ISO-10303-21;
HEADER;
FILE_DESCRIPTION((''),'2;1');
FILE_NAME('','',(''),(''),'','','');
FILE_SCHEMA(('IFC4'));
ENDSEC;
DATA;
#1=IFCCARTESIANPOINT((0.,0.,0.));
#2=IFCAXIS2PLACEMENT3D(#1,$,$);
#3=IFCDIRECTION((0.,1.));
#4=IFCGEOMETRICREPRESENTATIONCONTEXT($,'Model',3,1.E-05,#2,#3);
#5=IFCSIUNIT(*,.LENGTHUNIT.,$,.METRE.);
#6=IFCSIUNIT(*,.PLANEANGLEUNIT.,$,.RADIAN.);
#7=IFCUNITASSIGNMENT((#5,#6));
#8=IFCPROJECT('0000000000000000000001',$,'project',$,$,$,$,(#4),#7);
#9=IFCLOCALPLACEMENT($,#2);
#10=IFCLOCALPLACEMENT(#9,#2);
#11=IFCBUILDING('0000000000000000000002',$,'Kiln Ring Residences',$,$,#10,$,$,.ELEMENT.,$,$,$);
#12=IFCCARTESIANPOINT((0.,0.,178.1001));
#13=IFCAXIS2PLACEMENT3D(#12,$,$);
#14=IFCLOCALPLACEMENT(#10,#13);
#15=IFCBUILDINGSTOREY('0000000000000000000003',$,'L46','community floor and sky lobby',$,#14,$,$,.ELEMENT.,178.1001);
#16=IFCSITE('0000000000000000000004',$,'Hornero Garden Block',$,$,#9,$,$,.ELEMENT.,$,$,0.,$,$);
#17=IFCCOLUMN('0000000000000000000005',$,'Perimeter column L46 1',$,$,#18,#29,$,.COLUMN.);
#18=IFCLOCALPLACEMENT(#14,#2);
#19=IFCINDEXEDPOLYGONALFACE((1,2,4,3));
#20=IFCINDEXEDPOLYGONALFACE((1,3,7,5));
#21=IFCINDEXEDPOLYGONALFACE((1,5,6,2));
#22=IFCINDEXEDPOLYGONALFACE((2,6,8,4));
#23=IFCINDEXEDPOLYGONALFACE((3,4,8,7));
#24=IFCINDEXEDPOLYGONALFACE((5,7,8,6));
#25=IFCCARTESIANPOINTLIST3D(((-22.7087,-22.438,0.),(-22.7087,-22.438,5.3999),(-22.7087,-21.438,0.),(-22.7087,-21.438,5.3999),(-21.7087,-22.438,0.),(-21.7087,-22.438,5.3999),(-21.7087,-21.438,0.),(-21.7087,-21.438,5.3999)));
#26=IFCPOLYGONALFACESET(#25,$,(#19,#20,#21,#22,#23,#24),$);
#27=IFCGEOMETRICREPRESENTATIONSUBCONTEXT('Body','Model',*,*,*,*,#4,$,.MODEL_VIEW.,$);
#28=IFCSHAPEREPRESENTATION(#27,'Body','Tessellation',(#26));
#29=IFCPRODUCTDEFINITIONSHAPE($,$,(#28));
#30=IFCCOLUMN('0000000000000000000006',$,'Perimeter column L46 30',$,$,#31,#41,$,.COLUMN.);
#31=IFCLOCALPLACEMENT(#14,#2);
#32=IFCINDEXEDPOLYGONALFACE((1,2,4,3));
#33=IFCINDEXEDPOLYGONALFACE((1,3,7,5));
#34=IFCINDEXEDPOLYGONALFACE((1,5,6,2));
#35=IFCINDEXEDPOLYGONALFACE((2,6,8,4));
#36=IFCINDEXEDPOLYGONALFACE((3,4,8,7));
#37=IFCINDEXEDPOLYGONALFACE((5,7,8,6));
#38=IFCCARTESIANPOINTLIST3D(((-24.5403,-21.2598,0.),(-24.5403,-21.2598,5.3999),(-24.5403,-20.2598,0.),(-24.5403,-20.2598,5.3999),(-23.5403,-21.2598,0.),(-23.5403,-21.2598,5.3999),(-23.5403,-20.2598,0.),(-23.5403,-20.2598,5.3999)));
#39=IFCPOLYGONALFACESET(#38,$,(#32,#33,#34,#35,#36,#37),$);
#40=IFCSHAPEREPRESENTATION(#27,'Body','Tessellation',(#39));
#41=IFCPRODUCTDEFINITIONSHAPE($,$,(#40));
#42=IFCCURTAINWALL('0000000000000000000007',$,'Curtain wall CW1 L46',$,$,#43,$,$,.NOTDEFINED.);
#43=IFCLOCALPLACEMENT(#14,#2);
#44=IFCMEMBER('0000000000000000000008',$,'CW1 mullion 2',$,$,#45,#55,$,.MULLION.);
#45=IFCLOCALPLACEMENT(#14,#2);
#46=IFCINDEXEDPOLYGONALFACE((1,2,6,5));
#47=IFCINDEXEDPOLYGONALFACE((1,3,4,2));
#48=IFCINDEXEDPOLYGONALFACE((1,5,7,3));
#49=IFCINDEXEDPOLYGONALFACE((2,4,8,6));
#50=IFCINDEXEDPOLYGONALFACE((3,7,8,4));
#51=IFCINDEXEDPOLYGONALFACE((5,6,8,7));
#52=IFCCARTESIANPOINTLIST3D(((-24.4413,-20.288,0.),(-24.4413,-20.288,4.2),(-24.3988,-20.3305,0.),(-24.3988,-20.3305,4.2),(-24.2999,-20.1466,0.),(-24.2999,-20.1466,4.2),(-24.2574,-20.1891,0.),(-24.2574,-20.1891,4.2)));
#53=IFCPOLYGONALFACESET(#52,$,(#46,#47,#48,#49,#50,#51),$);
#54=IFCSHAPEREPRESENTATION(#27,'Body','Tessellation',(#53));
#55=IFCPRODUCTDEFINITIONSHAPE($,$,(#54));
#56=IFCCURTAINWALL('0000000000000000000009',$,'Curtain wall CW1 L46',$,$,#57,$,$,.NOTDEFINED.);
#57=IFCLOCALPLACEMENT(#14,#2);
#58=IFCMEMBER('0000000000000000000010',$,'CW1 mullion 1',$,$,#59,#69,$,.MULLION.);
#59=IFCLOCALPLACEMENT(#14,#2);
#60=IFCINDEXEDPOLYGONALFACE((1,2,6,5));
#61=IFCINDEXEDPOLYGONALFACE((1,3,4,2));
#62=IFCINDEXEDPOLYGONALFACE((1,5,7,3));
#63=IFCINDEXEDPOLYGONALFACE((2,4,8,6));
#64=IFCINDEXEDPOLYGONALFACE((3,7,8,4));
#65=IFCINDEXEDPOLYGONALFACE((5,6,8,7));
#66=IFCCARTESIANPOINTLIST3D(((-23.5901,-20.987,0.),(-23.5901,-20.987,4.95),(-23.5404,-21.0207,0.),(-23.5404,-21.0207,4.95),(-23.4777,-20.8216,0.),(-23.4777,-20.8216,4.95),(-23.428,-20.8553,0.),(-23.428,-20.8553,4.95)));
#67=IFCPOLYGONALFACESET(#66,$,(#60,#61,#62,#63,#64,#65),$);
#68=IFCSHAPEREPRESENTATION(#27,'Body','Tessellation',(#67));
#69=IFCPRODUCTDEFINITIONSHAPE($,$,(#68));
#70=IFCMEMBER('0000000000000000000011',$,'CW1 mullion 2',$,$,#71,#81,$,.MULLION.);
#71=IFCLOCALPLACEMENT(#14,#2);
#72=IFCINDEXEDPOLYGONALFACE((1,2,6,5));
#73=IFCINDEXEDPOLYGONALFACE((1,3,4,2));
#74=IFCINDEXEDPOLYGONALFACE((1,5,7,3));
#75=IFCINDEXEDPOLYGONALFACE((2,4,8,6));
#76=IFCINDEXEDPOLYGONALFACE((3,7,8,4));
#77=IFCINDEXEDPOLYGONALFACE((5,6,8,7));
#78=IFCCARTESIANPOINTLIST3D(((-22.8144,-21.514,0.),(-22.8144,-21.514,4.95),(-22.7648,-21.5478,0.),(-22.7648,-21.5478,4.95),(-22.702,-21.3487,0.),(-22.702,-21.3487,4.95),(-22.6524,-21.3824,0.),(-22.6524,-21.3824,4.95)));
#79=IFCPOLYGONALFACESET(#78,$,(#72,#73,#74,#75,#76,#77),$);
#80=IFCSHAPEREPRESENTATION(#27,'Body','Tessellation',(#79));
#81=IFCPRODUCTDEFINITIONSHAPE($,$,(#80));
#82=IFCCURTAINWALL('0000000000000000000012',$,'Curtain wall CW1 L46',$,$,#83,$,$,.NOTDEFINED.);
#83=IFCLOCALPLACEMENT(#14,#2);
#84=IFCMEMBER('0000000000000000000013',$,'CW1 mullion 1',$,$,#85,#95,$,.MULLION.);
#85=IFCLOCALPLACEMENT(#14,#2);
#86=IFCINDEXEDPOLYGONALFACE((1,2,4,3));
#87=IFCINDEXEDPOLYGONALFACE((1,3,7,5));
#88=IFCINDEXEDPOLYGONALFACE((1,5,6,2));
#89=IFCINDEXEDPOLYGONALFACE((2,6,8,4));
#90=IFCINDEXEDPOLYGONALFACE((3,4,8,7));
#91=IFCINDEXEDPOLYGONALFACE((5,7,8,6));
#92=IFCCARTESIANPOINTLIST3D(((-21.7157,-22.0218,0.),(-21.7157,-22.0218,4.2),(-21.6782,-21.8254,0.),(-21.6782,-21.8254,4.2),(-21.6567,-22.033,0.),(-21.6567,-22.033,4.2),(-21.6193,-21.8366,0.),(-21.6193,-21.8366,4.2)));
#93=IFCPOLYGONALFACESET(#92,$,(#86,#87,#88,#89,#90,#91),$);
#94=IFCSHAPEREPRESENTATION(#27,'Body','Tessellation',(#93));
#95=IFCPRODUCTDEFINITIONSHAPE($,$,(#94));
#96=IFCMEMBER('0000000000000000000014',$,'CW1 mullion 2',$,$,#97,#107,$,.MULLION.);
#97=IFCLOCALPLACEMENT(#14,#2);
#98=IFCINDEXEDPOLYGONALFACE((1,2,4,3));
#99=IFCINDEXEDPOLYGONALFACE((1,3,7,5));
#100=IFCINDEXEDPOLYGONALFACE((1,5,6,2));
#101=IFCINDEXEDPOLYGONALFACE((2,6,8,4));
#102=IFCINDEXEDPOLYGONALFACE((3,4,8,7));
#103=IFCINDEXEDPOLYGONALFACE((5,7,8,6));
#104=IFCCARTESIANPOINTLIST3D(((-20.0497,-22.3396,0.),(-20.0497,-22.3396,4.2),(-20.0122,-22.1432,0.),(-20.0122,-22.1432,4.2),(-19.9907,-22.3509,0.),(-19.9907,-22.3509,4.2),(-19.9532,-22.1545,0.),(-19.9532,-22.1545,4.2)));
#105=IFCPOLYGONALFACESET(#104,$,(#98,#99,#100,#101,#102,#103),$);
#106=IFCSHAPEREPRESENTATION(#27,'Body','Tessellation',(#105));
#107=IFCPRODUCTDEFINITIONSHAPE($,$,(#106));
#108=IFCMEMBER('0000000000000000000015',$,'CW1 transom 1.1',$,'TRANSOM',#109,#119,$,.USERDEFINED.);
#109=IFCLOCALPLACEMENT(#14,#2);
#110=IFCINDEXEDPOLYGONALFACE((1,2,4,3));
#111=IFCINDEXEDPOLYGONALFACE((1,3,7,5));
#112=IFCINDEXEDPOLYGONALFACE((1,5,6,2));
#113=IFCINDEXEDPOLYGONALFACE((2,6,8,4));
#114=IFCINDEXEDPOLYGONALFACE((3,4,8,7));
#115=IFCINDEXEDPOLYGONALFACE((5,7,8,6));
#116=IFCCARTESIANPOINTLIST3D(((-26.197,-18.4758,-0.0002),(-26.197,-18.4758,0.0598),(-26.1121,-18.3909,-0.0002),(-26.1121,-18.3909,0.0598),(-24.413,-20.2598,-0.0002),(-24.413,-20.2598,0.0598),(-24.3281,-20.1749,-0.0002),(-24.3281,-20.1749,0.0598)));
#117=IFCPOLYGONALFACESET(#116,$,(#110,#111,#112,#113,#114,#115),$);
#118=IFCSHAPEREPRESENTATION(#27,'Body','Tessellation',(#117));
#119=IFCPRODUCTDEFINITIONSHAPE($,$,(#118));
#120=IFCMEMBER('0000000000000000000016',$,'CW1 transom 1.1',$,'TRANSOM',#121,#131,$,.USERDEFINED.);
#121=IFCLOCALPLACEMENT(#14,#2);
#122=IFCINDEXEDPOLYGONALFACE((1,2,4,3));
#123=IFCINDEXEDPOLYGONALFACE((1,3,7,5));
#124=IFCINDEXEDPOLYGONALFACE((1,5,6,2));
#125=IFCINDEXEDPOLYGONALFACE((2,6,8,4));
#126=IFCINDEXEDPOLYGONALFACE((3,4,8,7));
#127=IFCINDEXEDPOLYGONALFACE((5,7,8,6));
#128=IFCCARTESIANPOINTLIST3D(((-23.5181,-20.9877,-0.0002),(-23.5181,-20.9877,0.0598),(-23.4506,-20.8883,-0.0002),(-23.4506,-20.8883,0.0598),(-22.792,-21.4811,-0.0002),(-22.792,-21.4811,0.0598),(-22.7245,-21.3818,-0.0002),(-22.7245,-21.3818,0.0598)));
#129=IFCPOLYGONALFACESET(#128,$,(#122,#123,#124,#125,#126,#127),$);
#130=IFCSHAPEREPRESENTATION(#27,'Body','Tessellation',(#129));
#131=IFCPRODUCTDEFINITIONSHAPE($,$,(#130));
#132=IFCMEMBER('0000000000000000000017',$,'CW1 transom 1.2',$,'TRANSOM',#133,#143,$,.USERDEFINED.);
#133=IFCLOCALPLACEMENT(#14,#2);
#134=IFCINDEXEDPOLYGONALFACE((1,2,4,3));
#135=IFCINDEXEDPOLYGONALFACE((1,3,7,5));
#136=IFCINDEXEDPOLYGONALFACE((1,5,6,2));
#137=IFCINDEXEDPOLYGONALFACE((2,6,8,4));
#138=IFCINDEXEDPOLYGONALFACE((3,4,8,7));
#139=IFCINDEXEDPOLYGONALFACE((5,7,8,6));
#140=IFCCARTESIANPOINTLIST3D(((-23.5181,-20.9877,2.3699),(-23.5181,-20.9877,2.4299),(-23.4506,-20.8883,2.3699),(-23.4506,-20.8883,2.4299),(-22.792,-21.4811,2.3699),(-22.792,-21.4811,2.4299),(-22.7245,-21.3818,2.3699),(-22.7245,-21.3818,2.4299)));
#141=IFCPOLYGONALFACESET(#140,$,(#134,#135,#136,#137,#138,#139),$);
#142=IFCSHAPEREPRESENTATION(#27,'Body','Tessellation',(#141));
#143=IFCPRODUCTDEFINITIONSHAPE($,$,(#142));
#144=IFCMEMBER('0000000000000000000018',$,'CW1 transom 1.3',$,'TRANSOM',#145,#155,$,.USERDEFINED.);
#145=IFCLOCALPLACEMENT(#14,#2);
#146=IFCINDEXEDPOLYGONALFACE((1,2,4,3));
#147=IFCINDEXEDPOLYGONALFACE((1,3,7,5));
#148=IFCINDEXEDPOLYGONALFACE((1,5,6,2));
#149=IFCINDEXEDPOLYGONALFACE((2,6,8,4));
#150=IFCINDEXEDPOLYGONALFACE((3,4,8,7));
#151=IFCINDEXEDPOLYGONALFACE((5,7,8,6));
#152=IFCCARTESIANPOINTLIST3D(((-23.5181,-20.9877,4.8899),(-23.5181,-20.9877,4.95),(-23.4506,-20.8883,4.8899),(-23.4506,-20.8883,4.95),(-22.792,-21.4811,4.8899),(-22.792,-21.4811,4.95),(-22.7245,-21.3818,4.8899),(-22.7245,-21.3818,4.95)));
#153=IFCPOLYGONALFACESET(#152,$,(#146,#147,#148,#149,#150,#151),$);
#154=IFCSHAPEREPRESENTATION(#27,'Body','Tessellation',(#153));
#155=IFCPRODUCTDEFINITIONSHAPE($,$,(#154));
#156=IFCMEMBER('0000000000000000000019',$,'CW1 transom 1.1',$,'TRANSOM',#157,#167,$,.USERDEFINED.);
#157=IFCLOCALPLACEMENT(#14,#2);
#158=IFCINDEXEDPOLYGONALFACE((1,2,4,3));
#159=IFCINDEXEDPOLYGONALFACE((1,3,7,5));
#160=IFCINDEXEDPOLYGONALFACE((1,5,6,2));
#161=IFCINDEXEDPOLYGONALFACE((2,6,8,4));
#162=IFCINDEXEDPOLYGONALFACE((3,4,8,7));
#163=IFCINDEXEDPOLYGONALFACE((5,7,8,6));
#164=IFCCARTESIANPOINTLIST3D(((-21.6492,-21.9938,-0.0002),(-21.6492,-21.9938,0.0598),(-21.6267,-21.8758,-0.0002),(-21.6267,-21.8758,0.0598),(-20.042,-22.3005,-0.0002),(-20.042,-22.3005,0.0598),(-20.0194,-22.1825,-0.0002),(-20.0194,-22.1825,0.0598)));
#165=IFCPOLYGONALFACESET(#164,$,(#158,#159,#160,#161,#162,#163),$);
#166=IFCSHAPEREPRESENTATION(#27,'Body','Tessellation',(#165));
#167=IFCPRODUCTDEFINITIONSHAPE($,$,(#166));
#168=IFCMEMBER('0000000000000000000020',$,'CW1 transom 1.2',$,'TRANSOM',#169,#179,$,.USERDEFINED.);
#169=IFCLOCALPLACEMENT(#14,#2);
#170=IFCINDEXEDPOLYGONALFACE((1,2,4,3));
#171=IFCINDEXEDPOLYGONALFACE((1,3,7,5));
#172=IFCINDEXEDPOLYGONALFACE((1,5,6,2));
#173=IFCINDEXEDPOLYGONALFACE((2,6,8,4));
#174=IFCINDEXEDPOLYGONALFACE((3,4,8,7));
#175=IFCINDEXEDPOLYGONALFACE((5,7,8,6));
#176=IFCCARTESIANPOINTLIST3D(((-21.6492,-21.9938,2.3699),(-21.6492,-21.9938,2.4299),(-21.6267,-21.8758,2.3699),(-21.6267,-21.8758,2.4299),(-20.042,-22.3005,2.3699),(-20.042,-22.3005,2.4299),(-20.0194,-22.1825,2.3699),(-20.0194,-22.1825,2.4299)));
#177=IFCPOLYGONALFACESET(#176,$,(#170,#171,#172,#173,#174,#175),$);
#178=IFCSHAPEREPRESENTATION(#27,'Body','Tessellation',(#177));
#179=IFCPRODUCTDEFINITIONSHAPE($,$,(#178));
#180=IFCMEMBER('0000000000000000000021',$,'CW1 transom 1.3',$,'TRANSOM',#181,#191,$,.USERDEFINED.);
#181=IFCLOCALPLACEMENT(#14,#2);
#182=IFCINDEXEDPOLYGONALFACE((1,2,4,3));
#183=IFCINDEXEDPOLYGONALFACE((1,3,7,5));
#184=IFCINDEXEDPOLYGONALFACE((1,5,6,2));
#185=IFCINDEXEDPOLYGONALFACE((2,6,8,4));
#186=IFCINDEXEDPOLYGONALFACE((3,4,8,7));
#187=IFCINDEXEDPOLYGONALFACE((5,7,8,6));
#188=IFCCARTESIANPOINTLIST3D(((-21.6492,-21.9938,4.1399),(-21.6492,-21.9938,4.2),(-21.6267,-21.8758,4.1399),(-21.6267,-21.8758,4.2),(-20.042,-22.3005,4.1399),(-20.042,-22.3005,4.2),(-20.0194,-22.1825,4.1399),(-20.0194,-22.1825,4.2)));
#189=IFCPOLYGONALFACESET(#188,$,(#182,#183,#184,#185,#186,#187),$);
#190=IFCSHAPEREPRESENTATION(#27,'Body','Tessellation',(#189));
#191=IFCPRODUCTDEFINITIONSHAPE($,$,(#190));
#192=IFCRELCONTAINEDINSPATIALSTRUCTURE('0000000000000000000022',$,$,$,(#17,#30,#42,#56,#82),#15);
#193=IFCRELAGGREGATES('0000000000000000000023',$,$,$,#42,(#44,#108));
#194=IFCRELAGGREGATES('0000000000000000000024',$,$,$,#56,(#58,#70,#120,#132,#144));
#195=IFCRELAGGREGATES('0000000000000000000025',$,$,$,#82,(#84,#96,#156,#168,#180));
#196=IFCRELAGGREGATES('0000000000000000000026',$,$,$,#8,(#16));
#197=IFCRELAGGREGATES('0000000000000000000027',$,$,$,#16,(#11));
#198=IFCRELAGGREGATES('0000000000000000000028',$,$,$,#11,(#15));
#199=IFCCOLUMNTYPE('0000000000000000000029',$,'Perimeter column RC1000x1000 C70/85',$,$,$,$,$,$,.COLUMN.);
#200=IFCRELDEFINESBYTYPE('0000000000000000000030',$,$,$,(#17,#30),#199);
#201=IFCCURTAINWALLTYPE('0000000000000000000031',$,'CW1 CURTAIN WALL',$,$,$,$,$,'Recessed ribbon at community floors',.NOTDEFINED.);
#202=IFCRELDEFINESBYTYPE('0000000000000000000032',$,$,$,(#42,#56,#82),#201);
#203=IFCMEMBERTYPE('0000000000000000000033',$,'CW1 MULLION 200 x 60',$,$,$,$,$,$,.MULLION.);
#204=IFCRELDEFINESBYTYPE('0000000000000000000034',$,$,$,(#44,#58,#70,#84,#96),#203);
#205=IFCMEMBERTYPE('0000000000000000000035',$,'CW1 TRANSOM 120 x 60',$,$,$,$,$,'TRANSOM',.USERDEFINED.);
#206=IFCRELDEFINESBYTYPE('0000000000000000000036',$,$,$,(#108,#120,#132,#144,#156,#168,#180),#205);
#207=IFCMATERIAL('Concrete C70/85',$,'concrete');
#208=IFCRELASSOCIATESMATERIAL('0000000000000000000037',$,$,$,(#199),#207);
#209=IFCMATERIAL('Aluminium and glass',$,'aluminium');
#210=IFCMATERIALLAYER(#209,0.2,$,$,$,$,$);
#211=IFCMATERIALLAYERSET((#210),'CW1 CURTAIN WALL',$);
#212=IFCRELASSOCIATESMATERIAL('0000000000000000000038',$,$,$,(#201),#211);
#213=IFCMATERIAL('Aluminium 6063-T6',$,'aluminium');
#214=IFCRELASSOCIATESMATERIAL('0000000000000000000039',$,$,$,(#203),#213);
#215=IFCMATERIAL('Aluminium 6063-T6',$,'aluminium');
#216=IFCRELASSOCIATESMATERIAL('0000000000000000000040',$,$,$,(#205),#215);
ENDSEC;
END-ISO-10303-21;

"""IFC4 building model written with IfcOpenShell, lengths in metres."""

from ifc_helpers import new_model, si_unit, direction, frame, origin, origin_2d, place, context, subcontext, project, spatial, rectangle, extrude, material, layer, layer_set, material_profile, profile_set, type_object, element, aggregate, save


model = new_model("IFC4")

# Units and contexts
model_context = context("Model", 3, precision=1e-05, world=origin(), true_north=direction((0.0, 1.0)))
body_context = subcontext(model_context, "Body", "Model", "MODEL_VIEW")
ifc_project = project(units=[si_unit("LENGTHUNIT", "METRE"), si_unit("PLANEANGLEUNIT", "RADIAN")], contexts=[model_context])

# Site, building, storey
site_placement = place(None, origin())
site = spatial("IfcSite", under=ifc_project, at=site_placement, Name="Hornero Garden Block", CompositionType="ELEMENT", RefElevation=0.0)
building_placement = place(site_placement, origin())
building = spatial("IfcBuilding", under=site, at=building_placement, Name="Kiln Ring Residences", CompositionType="ELEMENT")
storey_placement = place(building_placement, frame((0.0, 0.0, 178.1001)))
storey = spatial("IfcBuildingStorey", under=building, at=storey_placement, Name="L46", Description="community floor and sky lobby", CompositionType="ELEMENT", Elevation=178.1001)

# Columns
ifc_material_1 = material(Name="Concrete C70/85", Category="concrete")
ifc_material_profile_1 = material_profile(ifc_material_1, rectangle(XDim=1.0, YDim=1.0, at=origin_2d()), Name="RC1000x1000")
ifc_profile_set_1 = profile_set([ifc_material_profile_1], Name="Concrete C70/85")
column_type = type_object("IfcColumnType", Name="Perimeter column RC1000x1000 C70/85", PredefinedType="COLUMN", material=ifc_profile_set_1)
for number, where, z_axis, x_axis, name in (
    (1, (-22.2087, -21.938, 0.0), (0.0, 0.0, 1.0), (1.0, 0.0, 0.0), "Perimeter column L46 1"),
    (2, (-24.0403, -20.7598, 0.0), (0.0, 0.0, 1.0), (1.0, 0.0, 0.0), "Perimeter column L46 30"),
):
    element("IfcColumn", number, at=place(storey_placement, frame(where, z_axis=z_axis, x_axis=x_axis)), inside=storey, type_object=column_type, Name=name, PredefinedType="COLUMN", context=body_context, shape_type="SweptSolid", body=[
        extrude(rectangle(XDim=1.0, YDim=1.0, at=origin_2d()), origin(), (0.0, 0.0, 1.0), 5.3999),
    ])

# Curtain wall, member
ifc_material_2 = material(Name="Aluminium and glass", Category="aluminium")
ifc_layer_1 = layer(ifc_material_2, 0.2)
ifc_layer_set_1 = layer_set([ifc_layer_1], Name="CW1 CURTAIN WALL")
curtain_wall_type = type_object("IfcCurtainWallType", Name="CW1 CURTAIN WALL", ElementType="Recessed ribbon at community floors", PredefinedType="NOTDEFINED", material=ifc_layer_set_1)
placement = place(storey_placement, origin())
curtain_wall_1 = element("IfcCurtainWall", 3, at=placement, inside=storey, type_object=curtain_wall_type, Name="Curtain wall CW1 L46", PredefinedType="NOTDEFINED")
ifc_material_3 = material(Name="Aluminium 6063-T6", Category="aluminium")
ifc_material_profile_2 = material_profile(ifc_material_3, rectangle(XDim=0.2, YDim=0.0601, at=origin_2d()), Name="AL 200x60")
ifc_profile_set_2 = profile_set([ifc_material_profile_2], Name="Aluminium 6063-T6")
member_type_1 = type_object("IfcMemberType", Name="CW1 MULLION 200 x 60", PredefinedType="MULLION", material=ifc_profile_set_2)
member_1_placement = place(storey_placement, frame((-24.3494, -20.2385, 0.0), z_axis=(0.0, 0.0, 1.0), x_axis=(0.707107, 0.707107, 0.0)))
member_1 = element("IfcMember", 4, at=member_1_placement, type_object=member_type_1, Name="CW1 mullion 2", PredefinedType="MULLION", context=body_context, shape_type="SweptSolid", body=[
    extrude(rectangle(XDim=0.2, YDim=0.0601, at=origin_2d()), origin(), (0.0, 0.0, 1.0), 4.2),
])

# Curtain walls, members
curtain_wall_2 = element("IfcCurtainWall", 5, at=placement, inside=storey, type_object=curtain_wall_type, Name="Curtain wall CW1 L46", PredefinedType="NOTDEFINED")
member_2_placement = place(storey_placement, frame((-23.509, -20.9211, 0.0), z_axis=(0.0, 0.0, 1.0), x_axis=(0.562097, 0.827072, 0.0)))
member_2 = element("IfcMember", 6, at=member_2_placement, type_object=member_type_1, Name="CW1 mullion 1", PredefinedType="MULLION", context=body_context, shape_type="SweptSolid", body=[
    extrude(rectangle(XDim=0.2, YDim=0.0601, at=origin_2d()), origin(), (0.0, 0.0, 1.0), 4.95),
])
member_3_placement = place(storey_placement, frame((-22.7334, -21.4482, 0.0), z_axis=(0.0, 0.0, 1.0), x_axis=(0.562097, 0.827072, 0.0)))
member_3 = element("IfcMember", 7, at=member_3_placement, type_object=member_type_1, Name="CW1 mullion 2", PredefinedType="MULLION", context=body_context, shape_type="SweptSolid", body=[
    extrude(rectangle(XDim=0.2, YDim=0.0601, at=origin_2d()), origin(), (0.0, 0.0, 1.0), 4.95),
])
curtain_wall_3 = element("IfcCurtainWall", 8, at=placement, inside=storey, type_object=curtain_wall_type, Name="Curtain wall CW1 L46", PredefinedType="NOTDEFINED")
member_4_placement = place(storey_placement, frame((-21.6675, -21.9292, 0.0), z_axis=(0.0, 0.0, 1.0), x_axis=(0.187366, 0.98229, 0.0)))
member_4 = element("IfcMember", 9, at=member_4_placement, type_object=member_type_1, Name="CW1 mullion 1", PredefinedType="MULLION", context=body_context, shape_type="SweptSolid", body=[
    extrude(rectangle(XDim=0.2, YDim=0.0601, at=origin_2d()), origin(), (0.0, 0.0, 1.0), 4.2),
])
member_5_placement = place(storey_placement, frame((-20.0015, -22.2471, 0.0), z_axis=(0.0, 0.0, 1.0), x_axis=(0.187366, 0.98229, 0.0)))
member_5 = element("IfcMember", 10, at=member_5_placement, type_object=member_type_1, Name="CW1 mullion 2", PredefinedType="MULLION", context=body_context, shape_type="SweptSolid", body=[
    extrude(rectangle(XDim=0.2, YDim=0.0601, at=origin_2d()), origin(), (0.0, 0.0, 1.0), 4.2),
])

# Members
ifc_material_4 = material(Name="Aluminium 6063-T6", Category="aluminium")
ifc_material_profile_3 = material_profile(ifc_material_4, rectangle(XDim=0.1201, YDim=0.0601, at=origin_2d()), Name="AL 120x60")
ifc_profile_set_3 = profile_set([ifc_material_profile_3], Name="Aluminium 6063-T6")
member_type_2 = type_object("IfcMemberType", Name="CW1 TRANSOM 120 x 60", ElementType="TRANSOM", PredefinedType="USERDEFINED", material=ifc_profile_set_3)
member_6_placement = place(storey_placement, frame((-26.1545, -18.4333, 0.0298), z_axis=(0.707107, -0.707107, 0.0), x_axis=(0.707107, 0.707107, 0.0)))
member_6 = element("IfcMember", 11, at=member_6_placement, type_object=member_type_2, Name="CW1 transom 1.1", ObjectType="TRANSOM", PredefinedType="USERDEFINED", context=body_context, shape_type="SweptSolid", body=[
    extrude(rectangle(XDim=0.1201, YDim=0.0601, at=origin_2d()), origin(), (0.0, 0.0, 1.0), 2.5229),
])
member_7_placement = place(storey_placement, frame((-23.4844, -20.938, 0.0298), z_axis=(0.827097, -0.562059, 0.0), x_axis=(0.562059, 0.827097, 0.0)))
member_7 = element("IfcMember", 12, at=member_7_placement, type_object=member_type_2, Name="CW1 transom 1.1", ObjectType="TRANSOM", PredefinedType="USERDEFINED", context=body_context, shape_type="SweptSolid", body=[
    extrude(rectangle(XDim=0.1201, YDim=0.0601, at=origin_2d()), origin(), (0.0, 0.0, 1.0), 0.8779),
])
member_8_placement = place(storey_placement, frame((-23.4844, -20.938, 2.3999), z_axis=(0.827097, -0.562059, 0.0), x_axis=(0.562059, 0.827097, 0.0)))
member_8 = element("IfcMember", 13, at=member_8_placement, type_object=member_type_2, Name="CW1 transom 1.2", ObjectType="TRANSOM", PredefinedType="USERDEFINED", context=body_context, shape_type="SweptSolid", body=[
    extrude(rectangle(XDim=0.1201, YDim=0.0601, at=origin_2d()), origin(), (0.0, 0.0, 1.0), 0.8779),
])
member_9_placement = place(storey_placement, frame((-23.4844, -20.938, 4.9199), z_axis=(0.827097, -0.562059, 0.0), x_axis=(0.562059, 0.827097, 0.0)))
member_9 = element("IfcMember", 14, at=member_9_placement, type_object=member_type_2, Name="CW1 transom 1.3", ObjectType="TRANSOM", PredefinedType="USERDEFINED", context=body_context, shape_type="SweptSolid", body=[
    extrude(rectangle(XDim=0.1201, YDim=0.0601, at=origin_2d()), origin(), (0.0, 0.0, 1.0), 0.8779),
])
member_10_placement = place(storey_placement, frame((-21.6379, -21.9348, 0.0298), z_axis=(0.982281, -0.187414, 0.0), x_axis=(0.187414, 0.982281, 0.0)))
member_10 = element("IfcMember", 15, at=member_10_placement, type_object=member_type_2, Name="CW1 transom 1.1", ObjectType="TRANSOM", PredefinedType="USERDEFINED", context=body_context, shape_type="SweptSolid", body=[
    extrude(rectangle(XDim=0.1201, YDim=0.0601, at=origin_2d()), origin(), (0.0, 0.0, 1.0), 1.6362),
])
member_11_placement = place(storey_placement, frame((-21.6379, -21.9348, 2.3999), z_axis=(0.982281, -0.187414, 0.0), x_axis=(0.187414, 0.982281, 0.0)))
member_11 = element("IfcMember", 16, at=member_11_placement, type_object=member_type_2, Name="CW1 transom 1.2", ObjectType="TRANSOM", PredefinedType="USERDEFINED", context=body_context, shape_type="SweptSolid", body=[
    extrude(rectangle(XDim=0.1201, YDim=0.0601, at=origin_2d()), origin(), (0.0, 0.0, 1.0), 1.6362),
])
member_12_placement = place(storey_placement, frame((-21.6379, -21.9348, 4.1699), z_axis=(0.982281, -0.187414, 0.0), x_axis=(0.187414, 0.982281, 0.0)))
member_12 = element("IfcMember", 17, at=member_12_placement, type_object=member_type_2, Name="CW1 transom 1.3", ObjectType="TRANSOM", PredefinedType="USERDEFINED", context=body_context, shape_type="SweptSolid", body=[
    extrude(rectangle(XDim=0.1201, YDim=0.0601, at=origin_2d()), origin(), (0.0, 0.0, 1.0), 1.6362),
])

aggregate(curtain_wall_1, [member_1, member_6])
aggregate(curtain_wall_2, [member_2, member_3, member_7, member_8, member_9])
aggregate(curtain_wall_3, [member_4, member_5, member_10, member_11, member_12])

save(model, "model.ifc")
